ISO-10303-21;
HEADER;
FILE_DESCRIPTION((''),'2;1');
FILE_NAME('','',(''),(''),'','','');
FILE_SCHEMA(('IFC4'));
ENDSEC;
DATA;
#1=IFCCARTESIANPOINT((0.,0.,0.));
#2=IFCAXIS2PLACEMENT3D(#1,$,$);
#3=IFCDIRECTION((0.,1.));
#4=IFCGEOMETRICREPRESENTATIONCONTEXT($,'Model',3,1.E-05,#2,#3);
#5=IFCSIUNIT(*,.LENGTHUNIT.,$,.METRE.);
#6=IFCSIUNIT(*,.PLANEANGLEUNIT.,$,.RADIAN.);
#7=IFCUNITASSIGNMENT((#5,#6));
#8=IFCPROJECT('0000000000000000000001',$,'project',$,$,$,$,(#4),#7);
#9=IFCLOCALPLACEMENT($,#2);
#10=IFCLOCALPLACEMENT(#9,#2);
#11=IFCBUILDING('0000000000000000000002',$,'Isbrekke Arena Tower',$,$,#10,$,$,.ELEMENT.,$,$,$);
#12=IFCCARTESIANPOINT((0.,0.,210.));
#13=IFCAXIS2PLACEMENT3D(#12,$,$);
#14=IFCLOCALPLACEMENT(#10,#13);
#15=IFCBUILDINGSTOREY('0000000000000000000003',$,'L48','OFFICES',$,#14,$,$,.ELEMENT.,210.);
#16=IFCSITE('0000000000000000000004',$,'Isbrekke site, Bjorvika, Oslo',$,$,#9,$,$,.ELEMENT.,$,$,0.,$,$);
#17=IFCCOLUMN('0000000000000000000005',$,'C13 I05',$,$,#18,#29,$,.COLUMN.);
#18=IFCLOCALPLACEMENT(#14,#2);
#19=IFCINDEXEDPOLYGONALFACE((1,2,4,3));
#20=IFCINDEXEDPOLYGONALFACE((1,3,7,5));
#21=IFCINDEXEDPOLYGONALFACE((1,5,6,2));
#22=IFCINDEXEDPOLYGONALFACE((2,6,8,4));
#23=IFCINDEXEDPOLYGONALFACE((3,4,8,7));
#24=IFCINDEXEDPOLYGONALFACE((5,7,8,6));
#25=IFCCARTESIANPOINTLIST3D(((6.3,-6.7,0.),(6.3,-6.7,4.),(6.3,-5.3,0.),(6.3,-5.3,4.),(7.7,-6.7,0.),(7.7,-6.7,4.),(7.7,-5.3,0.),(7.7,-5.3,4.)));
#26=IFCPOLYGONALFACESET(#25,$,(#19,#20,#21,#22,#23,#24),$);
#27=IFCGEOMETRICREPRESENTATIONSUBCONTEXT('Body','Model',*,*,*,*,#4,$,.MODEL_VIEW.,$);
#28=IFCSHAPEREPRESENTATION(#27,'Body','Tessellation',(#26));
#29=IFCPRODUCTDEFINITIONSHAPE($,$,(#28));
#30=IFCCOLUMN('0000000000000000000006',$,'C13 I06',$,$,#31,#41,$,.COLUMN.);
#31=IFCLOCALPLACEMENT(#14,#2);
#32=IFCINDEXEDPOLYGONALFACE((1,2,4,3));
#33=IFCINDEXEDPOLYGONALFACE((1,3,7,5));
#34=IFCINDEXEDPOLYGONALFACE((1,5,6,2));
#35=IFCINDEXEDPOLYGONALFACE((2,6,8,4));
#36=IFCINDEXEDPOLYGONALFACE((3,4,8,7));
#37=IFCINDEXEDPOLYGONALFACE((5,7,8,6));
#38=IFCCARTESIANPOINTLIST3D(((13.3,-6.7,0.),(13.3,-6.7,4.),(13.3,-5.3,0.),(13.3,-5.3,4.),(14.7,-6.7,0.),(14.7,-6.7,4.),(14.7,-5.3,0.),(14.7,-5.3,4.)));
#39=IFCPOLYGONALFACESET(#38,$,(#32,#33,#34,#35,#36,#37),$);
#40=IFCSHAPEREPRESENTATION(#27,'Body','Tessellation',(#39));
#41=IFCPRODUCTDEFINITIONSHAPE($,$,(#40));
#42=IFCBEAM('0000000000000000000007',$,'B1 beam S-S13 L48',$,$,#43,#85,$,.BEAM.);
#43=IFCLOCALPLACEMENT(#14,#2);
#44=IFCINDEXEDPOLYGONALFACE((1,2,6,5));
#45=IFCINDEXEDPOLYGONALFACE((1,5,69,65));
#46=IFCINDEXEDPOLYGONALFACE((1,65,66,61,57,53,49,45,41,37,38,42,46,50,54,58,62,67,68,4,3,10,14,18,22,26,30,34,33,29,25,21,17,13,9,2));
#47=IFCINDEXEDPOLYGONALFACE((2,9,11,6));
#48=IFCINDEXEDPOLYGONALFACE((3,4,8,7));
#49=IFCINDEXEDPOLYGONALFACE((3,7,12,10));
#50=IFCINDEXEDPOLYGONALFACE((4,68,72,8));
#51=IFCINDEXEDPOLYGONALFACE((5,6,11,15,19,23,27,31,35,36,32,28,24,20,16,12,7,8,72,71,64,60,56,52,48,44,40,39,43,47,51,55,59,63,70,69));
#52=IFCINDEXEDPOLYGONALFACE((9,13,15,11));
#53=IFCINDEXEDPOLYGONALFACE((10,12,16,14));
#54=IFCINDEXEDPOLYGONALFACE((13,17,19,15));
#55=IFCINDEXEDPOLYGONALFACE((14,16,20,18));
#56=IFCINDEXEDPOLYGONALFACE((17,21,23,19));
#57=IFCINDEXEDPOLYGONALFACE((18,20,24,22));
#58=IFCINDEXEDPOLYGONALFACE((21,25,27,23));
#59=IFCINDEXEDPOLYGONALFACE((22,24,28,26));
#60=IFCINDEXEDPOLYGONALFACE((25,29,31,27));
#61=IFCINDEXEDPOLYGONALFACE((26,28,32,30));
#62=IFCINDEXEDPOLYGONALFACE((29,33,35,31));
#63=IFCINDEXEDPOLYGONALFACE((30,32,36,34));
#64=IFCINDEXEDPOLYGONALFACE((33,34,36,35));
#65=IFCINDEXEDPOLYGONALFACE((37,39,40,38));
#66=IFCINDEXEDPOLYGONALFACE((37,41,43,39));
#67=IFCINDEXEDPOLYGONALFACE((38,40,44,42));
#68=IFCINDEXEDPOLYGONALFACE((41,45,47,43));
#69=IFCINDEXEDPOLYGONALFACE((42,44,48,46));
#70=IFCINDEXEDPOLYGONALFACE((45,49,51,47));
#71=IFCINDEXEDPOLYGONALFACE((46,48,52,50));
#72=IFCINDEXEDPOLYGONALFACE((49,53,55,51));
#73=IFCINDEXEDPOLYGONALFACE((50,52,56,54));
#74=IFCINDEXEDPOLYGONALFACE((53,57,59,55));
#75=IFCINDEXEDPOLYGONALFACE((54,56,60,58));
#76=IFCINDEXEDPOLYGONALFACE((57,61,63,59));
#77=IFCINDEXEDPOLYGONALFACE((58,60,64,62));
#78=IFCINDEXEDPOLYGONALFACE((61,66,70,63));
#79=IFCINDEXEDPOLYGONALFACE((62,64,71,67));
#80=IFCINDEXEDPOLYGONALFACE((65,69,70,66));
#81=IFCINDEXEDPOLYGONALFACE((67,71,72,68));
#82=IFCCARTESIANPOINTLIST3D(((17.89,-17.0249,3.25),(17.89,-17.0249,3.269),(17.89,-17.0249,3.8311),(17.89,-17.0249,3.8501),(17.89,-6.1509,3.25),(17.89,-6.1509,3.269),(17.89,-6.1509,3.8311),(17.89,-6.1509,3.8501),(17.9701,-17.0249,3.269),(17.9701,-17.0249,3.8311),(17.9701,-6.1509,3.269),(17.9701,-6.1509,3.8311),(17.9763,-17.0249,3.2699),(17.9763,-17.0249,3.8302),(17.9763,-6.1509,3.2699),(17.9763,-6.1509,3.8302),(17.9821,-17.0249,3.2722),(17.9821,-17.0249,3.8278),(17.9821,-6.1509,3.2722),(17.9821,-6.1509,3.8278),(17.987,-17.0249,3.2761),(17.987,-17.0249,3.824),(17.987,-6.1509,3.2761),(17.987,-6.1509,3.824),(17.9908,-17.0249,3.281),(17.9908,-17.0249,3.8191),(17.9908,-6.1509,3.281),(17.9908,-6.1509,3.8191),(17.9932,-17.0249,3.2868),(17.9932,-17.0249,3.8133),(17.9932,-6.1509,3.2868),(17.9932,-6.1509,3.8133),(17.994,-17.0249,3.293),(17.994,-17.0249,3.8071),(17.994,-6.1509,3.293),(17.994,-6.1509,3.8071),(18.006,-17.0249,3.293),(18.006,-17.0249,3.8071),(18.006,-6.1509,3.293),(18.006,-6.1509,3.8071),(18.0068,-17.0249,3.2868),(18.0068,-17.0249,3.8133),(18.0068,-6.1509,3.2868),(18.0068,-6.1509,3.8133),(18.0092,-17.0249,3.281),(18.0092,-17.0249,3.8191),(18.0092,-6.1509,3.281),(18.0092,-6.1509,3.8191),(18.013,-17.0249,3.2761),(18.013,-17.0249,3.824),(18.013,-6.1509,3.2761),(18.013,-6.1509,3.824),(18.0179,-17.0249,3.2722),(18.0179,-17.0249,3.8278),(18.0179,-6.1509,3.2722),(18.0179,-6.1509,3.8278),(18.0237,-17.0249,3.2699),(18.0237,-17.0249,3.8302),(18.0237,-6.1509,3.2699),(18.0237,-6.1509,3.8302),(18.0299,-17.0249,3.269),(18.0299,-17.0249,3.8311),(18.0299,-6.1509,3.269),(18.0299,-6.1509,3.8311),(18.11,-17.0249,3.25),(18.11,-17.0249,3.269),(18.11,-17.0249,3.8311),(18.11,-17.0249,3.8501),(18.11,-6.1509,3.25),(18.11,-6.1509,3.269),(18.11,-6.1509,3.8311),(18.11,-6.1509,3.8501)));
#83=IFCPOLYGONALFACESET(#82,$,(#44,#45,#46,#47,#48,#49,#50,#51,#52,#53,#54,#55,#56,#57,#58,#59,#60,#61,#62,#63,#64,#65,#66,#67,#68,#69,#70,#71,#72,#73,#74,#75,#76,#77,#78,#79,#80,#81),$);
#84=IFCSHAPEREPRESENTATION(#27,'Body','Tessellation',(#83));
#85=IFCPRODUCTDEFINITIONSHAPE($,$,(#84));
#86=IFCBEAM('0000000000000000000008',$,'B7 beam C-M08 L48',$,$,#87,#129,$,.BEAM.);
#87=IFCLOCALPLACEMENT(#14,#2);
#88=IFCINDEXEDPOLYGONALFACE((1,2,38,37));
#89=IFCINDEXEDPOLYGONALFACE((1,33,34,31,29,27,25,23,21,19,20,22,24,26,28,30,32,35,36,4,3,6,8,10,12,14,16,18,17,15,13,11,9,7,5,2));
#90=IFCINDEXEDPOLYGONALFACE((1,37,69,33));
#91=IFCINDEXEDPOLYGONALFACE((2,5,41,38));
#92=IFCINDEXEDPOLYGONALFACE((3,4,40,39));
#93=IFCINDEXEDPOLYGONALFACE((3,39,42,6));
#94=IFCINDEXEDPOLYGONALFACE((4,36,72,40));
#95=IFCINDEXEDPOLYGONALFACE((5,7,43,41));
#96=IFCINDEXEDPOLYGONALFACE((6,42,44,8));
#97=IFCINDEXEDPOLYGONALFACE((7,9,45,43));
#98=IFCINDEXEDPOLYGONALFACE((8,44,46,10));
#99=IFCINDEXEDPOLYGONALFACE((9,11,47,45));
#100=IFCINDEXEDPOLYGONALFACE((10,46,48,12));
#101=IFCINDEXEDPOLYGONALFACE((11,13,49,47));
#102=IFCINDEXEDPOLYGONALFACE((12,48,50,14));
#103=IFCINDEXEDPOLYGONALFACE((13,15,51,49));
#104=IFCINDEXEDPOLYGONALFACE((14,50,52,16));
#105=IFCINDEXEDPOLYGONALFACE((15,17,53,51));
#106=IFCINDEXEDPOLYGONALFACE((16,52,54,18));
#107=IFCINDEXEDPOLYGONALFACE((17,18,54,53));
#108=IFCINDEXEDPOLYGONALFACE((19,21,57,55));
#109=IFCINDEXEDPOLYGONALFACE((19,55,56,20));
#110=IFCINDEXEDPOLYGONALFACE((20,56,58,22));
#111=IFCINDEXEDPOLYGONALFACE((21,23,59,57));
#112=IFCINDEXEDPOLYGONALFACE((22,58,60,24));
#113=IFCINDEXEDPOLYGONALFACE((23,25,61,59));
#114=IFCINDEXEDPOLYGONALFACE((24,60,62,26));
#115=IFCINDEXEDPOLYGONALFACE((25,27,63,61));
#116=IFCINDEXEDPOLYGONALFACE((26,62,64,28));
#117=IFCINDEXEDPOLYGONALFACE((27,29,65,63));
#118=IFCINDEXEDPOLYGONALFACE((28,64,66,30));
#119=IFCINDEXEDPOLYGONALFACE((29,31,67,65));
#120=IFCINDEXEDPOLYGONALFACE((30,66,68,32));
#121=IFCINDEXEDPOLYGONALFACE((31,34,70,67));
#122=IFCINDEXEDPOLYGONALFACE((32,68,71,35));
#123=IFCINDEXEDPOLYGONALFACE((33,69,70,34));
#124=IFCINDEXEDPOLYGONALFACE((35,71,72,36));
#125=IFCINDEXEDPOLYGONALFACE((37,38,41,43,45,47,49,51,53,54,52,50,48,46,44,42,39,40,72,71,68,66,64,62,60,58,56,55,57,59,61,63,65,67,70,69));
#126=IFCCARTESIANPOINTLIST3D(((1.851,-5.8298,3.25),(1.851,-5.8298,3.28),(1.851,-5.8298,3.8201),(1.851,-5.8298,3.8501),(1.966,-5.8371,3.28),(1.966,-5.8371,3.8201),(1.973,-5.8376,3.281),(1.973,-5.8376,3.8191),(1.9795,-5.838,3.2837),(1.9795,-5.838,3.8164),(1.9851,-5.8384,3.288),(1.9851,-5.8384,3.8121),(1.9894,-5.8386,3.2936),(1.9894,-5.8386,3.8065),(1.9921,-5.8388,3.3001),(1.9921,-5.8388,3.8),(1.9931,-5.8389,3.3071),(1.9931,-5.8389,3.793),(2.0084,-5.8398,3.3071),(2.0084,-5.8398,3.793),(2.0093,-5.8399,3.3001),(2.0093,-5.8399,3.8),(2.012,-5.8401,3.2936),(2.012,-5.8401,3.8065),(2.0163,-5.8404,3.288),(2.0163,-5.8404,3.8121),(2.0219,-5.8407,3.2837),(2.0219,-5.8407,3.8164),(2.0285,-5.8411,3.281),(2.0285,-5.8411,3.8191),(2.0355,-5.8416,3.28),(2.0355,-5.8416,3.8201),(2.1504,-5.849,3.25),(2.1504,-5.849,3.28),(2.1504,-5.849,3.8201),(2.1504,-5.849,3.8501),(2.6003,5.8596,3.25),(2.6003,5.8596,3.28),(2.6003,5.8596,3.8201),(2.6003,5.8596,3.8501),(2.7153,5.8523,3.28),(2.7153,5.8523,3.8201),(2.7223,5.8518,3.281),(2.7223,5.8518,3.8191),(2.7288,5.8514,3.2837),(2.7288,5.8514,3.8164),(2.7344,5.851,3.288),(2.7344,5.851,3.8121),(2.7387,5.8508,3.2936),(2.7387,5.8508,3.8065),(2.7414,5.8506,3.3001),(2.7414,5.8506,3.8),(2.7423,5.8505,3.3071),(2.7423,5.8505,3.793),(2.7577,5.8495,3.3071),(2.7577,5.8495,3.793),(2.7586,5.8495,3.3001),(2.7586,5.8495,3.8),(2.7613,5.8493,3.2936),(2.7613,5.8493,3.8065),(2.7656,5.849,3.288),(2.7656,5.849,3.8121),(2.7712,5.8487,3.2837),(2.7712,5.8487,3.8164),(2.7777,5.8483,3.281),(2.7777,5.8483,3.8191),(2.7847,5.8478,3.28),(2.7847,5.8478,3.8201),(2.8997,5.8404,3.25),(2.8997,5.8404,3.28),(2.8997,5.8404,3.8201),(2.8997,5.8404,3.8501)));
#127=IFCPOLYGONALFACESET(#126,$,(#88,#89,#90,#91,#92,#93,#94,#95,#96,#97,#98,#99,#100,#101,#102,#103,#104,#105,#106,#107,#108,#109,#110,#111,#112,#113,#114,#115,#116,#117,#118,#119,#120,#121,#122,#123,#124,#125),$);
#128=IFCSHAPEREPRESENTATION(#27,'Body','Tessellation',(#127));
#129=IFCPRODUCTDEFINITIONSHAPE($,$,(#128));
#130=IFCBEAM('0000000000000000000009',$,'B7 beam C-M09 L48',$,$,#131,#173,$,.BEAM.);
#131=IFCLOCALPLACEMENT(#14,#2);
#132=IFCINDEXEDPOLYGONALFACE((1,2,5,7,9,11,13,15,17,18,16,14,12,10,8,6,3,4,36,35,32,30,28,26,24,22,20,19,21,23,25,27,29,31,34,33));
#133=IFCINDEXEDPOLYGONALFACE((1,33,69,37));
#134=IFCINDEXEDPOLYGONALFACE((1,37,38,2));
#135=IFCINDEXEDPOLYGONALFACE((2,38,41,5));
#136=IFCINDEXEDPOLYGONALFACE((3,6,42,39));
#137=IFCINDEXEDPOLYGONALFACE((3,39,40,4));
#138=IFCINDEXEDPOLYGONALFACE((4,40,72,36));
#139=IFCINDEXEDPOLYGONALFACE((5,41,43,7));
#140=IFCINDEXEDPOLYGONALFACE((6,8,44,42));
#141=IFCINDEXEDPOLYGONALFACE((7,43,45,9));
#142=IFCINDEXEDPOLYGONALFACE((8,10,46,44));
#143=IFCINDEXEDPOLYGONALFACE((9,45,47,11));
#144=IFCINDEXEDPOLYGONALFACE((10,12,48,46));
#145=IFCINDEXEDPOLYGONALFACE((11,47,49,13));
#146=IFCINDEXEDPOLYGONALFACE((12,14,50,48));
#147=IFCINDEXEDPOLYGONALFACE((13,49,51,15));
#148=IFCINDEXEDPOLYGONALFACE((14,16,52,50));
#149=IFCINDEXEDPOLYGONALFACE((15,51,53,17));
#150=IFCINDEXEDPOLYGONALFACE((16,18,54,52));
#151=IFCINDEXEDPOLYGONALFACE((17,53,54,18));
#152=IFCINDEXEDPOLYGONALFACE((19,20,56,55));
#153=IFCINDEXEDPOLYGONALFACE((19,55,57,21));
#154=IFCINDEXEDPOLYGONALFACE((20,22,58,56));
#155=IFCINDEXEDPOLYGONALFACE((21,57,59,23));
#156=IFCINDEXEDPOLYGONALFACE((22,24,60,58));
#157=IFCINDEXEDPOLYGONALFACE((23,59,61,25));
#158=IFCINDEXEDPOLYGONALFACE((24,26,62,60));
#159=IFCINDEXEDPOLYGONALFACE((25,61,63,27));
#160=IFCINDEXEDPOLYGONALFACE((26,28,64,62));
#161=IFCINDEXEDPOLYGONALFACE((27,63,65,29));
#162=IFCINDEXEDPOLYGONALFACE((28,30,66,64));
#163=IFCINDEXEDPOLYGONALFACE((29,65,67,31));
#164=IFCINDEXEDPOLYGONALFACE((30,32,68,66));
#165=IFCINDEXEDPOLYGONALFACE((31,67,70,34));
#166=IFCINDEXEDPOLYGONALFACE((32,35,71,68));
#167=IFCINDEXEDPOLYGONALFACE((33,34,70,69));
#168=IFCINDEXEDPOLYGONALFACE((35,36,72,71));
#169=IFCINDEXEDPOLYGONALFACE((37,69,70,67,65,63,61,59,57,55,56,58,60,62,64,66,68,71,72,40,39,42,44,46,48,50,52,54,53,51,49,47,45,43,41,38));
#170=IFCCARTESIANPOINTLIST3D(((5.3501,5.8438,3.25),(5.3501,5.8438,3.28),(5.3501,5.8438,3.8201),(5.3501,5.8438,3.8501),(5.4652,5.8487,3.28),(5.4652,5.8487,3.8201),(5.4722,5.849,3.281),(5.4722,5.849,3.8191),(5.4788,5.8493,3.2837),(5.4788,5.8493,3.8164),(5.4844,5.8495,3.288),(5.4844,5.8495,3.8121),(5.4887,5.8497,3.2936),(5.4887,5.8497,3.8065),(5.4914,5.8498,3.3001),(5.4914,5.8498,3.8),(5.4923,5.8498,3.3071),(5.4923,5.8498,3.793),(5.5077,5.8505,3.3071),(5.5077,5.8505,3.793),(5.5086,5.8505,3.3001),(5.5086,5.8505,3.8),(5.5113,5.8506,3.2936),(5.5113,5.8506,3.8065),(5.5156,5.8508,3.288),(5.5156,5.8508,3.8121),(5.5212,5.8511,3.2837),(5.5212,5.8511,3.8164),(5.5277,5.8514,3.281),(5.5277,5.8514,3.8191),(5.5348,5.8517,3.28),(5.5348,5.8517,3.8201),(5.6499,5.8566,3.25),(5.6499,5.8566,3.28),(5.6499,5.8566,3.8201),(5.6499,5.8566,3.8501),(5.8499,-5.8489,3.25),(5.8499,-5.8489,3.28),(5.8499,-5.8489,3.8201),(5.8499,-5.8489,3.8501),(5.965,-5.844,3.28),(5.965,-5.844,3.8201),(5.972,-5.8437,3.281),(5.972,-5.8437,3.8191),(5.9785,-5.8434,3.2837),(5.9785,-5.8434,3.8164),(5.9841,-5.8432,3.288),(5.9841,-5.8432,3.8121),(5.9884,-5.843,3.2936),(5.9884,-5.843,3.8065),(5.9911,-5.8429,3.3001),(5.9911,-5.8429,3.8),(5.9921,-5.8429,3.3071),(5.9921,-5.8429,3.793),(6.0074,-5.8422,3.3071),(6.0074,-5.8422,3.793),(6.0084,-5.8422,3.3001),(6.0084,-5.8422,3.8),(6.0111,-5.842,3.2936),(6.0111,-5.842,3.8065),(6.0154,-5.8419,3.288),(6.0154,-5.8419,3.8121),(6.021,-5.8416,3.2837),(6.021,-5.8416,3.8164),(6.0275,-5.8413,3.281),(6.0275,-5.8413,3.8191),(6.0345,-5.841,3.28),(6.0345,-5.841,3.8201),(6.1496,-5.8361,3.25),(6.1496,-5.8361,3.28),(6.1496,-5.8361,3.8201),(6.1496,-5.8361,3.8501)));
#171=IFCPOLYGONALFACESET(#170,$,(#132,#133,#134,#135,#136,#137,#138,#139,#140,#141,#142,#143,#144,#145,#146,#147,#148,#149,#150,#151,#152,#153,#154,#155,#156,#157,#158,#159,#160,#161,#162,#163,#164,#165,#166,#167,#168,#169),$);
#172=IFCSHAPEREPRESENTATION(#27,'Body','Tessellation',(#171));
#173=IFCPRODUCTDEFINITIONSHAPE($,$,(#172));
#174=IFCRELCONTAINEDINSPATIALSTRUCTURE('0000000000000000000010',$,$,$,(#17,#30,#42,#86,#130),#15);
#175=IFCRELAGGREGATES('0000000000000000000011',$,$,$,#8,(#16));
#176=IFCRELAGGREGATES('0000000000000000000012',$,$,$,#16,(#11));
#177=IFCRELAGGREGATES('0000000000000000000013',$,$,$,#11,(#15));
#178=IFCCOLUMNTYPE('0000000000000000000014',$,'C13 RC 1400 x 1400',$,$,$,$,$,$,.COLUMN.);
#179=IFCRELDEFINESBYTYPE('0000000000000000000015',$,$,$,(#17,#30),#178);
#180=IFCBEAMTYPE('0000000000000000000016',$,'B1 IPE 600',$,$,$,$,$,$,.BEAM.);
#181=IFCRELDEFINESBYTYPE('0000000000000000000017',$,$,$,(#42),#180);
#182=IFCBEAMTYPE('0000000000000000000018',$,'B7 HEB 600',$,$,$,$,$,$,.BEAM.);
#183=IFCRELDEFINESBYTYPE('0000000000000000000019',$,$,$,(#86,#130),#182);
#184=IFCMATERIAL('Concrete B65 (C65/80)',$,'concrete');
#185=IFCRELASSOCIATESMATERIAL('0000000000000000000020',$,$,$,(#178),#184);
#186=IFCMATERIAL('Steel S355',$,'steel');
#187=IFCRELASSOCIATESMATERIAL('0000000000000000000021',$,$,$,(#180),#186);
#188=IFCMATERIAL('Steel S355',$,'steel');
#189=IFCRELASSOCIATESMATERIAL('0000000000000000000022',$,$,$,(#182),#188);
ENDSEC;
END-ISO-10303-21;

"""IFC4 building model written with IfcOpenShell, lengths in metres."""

from ifc_helpers import new_model, si_unit, direction, frame, origin, origin_2d, place, context, subcontext, project, spatial, rectangle, i_section, extrude, material, material_profile, profile_set, type_object, element, save


model = new_model("IFC4")

# Units and contexts
model_context = context("Model", 3, precision=1e-05, world=origin(), true_north=direction((0.0, 1.0)))
body_context = subcontext(model_context, "Body", "Model", "MODEL_VIEW")
ifc_project = project(units=[si_unit("LENGTHUNIT", "METRE"), si_unit("PLANEANGLEUNIT", "RADIAN")], contexts=[model_context])

# Site, building, storey
site_placement = place(None, origin())
site = spatial("IfcSite", under=ifc_project, at=site_placement, Name="Isbrekke site, Bjorvika, Oslo", CompositionType="ELEMENT", RefElevation=0.0)
building_placement = place(site_placement, origin())
building = spatial("IfcBuilding", under=site, at=building_placement, Name="Isbrekke Arena Tower", CompositionType="ELEMENT")
storey_placement = place(building_placement, frame((0.0, 0.0, 210.0)))
storey = spatial("IfcBuildingStorey", under=building, at=storey_placement, Name="L48", Description="OFFICES", CompositionType="ELEMENT", Elevation=210.0)

# Columns
ifc_material_1 = material(Name="Concrete B65 (C65/80)", Category="concrete")
ifc_material_profile_1 = material_profile(ifc_material_1, rectangle(XDim=1.3999, YDim=1.3999, at=origin_2d()), Name="RC 1400x1400")
ifc_profile_set_1 = profile_set([ifc_material_profile_1], Name="Concrete B65 (C65/80)")
column_type = type_object("IfcColumnType", Name="C13 RC 1400 x 1400", PredefinedType="COLUMN", material=ifc_profile_set_1)
for number, where, z_axis, x_axis, name in (
    (1, (7.0, -6.0, 0.0), (0.0, 0.0, 1.0), (1.0, 0.0, 0.0), "C13 I05"),
    (2, (14.0, -6.0, 0.0), (0.0, 0.0, 1.0), (1.0, 0.0, 0.0), "C13 I06"),
):
    element("IfcColumn", number, at=place(storey_placement, frame(where, z_axis=z_axis, x_axis=x_axis)), inside=storey, type_object=column_type, Name=name, PredefinedType="COLUMN", context=body_context, shape_type="SweptSolid", body=[
        extrude(rectangle(XDim=1.3999, YDim=1.3999, at=origin_2d()), origin(), (0.0, 0.0, 1.0), 4.0),
    ])

# Beams
ifc_material_2 = material(Name="Steel S355", Category="steel")
ifc_material_profile_2 = material_profile(ifc_material_2, i_section(OverallWidth=0.22, OverallDepth=0.6001, WebThickness=0.012, FlangeThickness=0.019, FilletRadius=0.0239, at=origin_2d()), Name="IPE 600")
ifc_profile_set_2 = profile_set([ifc_material_profile_2], Name="Steel S355")
beam_type_1 = type_object("IfcBeamType", Name="B1 IPE 600", PredefinedType="BEAM", material=ifc_profile_set_2)
beam_1_placement = place(storey_placement, frame((18.0, -17.0249, 3.55), z_axis=(0.0, 1.0, 0.0), x_axis=(-1.0, 0.0, 0.0)))
element("IfcBeam", 3, at=beam_1_placement, inside=storey, type_object=beam_type_1, Name="B1 beam S-S13 L48", PredefinedType="BEAM", context=body_context, shape_type="SweptSolid", body=[
    extrude(i_section(OverallWidth=0.22, OverallDepth=0.6001, WebThickness=0.012, FlangeThickness=0.019, FilletRadius=0.0239, at=origin_2d()), origin(), (0.0, 0.0, 1.0), 10.874),
])
ifc_material_3 = material(Name="Steel S355", Category="steel")
ifc_material_profile_3 = material_profile(ifc_material_3, i_section(OverallWidth=0.3, OverallDepth=0.6001, WebThickness=0.0154, FlangeThickness=0.03, FilletRadius=0.0271, at=origin_2d()), Name="HEB 600")
ifc_profile_set_3 = profile_set([ifc_material_profile_3], Name="Steel S355")
beam_type_2 = type_object("IfcBeamType", Name="B7 HEB 600", PredefinedType="BEAM", material=ifc_profile_set_3)
beam_2_placement = place(storey_placement, frame((2.0007, -5.8394, 3.55), z_axis=(0.063966, 0.997952, 0.0), x_axis=(-0.997952, 0.063966, 0.0)))
element("IfcBeam", 4, at=beam_2_placement, inside=storey, type_object=beam_type_2, Name="B7 beam C-M08 L48", PredefinedType="BEAM", context=body_context, shape_type="SweptSolid", body=[
    extrude(i_section(OverallWidth=0.3, OverallDepth=0.6001, WebThickness=0.0154, FlangeThickness=0.03, FilletRadius=0.0271, at=origin_2d()), origin(), (0.0, 0.0, 1.0), 11.7134),
])
beam_3_placement = place(storey_placement, frame((5.9998, -5.8425, 3.55), z_axis=(-0.042702, 0.999088, 0.0), x_axis=(-0.999088, -0.042702, 0.0)))
element("IfcBeam", 5, at=beam_3_placement, inside=storey, type_object=beam_type_2, Name="B7 beam C-M09 L48", PredefinedType="BEAM", context=body_context, shape_type="SweptSolid", body=[
    extrude(i_section(OverallWidth=0.3, OverallDepth=0.6001, WebThickness=0.0154, FlangeThickness=0.03, FilletRadius=0.0271, at=origin_2d()), origin(), (0.0, 0.0, 1.0), 11.7034),
])

save(model, "model.ifc")
